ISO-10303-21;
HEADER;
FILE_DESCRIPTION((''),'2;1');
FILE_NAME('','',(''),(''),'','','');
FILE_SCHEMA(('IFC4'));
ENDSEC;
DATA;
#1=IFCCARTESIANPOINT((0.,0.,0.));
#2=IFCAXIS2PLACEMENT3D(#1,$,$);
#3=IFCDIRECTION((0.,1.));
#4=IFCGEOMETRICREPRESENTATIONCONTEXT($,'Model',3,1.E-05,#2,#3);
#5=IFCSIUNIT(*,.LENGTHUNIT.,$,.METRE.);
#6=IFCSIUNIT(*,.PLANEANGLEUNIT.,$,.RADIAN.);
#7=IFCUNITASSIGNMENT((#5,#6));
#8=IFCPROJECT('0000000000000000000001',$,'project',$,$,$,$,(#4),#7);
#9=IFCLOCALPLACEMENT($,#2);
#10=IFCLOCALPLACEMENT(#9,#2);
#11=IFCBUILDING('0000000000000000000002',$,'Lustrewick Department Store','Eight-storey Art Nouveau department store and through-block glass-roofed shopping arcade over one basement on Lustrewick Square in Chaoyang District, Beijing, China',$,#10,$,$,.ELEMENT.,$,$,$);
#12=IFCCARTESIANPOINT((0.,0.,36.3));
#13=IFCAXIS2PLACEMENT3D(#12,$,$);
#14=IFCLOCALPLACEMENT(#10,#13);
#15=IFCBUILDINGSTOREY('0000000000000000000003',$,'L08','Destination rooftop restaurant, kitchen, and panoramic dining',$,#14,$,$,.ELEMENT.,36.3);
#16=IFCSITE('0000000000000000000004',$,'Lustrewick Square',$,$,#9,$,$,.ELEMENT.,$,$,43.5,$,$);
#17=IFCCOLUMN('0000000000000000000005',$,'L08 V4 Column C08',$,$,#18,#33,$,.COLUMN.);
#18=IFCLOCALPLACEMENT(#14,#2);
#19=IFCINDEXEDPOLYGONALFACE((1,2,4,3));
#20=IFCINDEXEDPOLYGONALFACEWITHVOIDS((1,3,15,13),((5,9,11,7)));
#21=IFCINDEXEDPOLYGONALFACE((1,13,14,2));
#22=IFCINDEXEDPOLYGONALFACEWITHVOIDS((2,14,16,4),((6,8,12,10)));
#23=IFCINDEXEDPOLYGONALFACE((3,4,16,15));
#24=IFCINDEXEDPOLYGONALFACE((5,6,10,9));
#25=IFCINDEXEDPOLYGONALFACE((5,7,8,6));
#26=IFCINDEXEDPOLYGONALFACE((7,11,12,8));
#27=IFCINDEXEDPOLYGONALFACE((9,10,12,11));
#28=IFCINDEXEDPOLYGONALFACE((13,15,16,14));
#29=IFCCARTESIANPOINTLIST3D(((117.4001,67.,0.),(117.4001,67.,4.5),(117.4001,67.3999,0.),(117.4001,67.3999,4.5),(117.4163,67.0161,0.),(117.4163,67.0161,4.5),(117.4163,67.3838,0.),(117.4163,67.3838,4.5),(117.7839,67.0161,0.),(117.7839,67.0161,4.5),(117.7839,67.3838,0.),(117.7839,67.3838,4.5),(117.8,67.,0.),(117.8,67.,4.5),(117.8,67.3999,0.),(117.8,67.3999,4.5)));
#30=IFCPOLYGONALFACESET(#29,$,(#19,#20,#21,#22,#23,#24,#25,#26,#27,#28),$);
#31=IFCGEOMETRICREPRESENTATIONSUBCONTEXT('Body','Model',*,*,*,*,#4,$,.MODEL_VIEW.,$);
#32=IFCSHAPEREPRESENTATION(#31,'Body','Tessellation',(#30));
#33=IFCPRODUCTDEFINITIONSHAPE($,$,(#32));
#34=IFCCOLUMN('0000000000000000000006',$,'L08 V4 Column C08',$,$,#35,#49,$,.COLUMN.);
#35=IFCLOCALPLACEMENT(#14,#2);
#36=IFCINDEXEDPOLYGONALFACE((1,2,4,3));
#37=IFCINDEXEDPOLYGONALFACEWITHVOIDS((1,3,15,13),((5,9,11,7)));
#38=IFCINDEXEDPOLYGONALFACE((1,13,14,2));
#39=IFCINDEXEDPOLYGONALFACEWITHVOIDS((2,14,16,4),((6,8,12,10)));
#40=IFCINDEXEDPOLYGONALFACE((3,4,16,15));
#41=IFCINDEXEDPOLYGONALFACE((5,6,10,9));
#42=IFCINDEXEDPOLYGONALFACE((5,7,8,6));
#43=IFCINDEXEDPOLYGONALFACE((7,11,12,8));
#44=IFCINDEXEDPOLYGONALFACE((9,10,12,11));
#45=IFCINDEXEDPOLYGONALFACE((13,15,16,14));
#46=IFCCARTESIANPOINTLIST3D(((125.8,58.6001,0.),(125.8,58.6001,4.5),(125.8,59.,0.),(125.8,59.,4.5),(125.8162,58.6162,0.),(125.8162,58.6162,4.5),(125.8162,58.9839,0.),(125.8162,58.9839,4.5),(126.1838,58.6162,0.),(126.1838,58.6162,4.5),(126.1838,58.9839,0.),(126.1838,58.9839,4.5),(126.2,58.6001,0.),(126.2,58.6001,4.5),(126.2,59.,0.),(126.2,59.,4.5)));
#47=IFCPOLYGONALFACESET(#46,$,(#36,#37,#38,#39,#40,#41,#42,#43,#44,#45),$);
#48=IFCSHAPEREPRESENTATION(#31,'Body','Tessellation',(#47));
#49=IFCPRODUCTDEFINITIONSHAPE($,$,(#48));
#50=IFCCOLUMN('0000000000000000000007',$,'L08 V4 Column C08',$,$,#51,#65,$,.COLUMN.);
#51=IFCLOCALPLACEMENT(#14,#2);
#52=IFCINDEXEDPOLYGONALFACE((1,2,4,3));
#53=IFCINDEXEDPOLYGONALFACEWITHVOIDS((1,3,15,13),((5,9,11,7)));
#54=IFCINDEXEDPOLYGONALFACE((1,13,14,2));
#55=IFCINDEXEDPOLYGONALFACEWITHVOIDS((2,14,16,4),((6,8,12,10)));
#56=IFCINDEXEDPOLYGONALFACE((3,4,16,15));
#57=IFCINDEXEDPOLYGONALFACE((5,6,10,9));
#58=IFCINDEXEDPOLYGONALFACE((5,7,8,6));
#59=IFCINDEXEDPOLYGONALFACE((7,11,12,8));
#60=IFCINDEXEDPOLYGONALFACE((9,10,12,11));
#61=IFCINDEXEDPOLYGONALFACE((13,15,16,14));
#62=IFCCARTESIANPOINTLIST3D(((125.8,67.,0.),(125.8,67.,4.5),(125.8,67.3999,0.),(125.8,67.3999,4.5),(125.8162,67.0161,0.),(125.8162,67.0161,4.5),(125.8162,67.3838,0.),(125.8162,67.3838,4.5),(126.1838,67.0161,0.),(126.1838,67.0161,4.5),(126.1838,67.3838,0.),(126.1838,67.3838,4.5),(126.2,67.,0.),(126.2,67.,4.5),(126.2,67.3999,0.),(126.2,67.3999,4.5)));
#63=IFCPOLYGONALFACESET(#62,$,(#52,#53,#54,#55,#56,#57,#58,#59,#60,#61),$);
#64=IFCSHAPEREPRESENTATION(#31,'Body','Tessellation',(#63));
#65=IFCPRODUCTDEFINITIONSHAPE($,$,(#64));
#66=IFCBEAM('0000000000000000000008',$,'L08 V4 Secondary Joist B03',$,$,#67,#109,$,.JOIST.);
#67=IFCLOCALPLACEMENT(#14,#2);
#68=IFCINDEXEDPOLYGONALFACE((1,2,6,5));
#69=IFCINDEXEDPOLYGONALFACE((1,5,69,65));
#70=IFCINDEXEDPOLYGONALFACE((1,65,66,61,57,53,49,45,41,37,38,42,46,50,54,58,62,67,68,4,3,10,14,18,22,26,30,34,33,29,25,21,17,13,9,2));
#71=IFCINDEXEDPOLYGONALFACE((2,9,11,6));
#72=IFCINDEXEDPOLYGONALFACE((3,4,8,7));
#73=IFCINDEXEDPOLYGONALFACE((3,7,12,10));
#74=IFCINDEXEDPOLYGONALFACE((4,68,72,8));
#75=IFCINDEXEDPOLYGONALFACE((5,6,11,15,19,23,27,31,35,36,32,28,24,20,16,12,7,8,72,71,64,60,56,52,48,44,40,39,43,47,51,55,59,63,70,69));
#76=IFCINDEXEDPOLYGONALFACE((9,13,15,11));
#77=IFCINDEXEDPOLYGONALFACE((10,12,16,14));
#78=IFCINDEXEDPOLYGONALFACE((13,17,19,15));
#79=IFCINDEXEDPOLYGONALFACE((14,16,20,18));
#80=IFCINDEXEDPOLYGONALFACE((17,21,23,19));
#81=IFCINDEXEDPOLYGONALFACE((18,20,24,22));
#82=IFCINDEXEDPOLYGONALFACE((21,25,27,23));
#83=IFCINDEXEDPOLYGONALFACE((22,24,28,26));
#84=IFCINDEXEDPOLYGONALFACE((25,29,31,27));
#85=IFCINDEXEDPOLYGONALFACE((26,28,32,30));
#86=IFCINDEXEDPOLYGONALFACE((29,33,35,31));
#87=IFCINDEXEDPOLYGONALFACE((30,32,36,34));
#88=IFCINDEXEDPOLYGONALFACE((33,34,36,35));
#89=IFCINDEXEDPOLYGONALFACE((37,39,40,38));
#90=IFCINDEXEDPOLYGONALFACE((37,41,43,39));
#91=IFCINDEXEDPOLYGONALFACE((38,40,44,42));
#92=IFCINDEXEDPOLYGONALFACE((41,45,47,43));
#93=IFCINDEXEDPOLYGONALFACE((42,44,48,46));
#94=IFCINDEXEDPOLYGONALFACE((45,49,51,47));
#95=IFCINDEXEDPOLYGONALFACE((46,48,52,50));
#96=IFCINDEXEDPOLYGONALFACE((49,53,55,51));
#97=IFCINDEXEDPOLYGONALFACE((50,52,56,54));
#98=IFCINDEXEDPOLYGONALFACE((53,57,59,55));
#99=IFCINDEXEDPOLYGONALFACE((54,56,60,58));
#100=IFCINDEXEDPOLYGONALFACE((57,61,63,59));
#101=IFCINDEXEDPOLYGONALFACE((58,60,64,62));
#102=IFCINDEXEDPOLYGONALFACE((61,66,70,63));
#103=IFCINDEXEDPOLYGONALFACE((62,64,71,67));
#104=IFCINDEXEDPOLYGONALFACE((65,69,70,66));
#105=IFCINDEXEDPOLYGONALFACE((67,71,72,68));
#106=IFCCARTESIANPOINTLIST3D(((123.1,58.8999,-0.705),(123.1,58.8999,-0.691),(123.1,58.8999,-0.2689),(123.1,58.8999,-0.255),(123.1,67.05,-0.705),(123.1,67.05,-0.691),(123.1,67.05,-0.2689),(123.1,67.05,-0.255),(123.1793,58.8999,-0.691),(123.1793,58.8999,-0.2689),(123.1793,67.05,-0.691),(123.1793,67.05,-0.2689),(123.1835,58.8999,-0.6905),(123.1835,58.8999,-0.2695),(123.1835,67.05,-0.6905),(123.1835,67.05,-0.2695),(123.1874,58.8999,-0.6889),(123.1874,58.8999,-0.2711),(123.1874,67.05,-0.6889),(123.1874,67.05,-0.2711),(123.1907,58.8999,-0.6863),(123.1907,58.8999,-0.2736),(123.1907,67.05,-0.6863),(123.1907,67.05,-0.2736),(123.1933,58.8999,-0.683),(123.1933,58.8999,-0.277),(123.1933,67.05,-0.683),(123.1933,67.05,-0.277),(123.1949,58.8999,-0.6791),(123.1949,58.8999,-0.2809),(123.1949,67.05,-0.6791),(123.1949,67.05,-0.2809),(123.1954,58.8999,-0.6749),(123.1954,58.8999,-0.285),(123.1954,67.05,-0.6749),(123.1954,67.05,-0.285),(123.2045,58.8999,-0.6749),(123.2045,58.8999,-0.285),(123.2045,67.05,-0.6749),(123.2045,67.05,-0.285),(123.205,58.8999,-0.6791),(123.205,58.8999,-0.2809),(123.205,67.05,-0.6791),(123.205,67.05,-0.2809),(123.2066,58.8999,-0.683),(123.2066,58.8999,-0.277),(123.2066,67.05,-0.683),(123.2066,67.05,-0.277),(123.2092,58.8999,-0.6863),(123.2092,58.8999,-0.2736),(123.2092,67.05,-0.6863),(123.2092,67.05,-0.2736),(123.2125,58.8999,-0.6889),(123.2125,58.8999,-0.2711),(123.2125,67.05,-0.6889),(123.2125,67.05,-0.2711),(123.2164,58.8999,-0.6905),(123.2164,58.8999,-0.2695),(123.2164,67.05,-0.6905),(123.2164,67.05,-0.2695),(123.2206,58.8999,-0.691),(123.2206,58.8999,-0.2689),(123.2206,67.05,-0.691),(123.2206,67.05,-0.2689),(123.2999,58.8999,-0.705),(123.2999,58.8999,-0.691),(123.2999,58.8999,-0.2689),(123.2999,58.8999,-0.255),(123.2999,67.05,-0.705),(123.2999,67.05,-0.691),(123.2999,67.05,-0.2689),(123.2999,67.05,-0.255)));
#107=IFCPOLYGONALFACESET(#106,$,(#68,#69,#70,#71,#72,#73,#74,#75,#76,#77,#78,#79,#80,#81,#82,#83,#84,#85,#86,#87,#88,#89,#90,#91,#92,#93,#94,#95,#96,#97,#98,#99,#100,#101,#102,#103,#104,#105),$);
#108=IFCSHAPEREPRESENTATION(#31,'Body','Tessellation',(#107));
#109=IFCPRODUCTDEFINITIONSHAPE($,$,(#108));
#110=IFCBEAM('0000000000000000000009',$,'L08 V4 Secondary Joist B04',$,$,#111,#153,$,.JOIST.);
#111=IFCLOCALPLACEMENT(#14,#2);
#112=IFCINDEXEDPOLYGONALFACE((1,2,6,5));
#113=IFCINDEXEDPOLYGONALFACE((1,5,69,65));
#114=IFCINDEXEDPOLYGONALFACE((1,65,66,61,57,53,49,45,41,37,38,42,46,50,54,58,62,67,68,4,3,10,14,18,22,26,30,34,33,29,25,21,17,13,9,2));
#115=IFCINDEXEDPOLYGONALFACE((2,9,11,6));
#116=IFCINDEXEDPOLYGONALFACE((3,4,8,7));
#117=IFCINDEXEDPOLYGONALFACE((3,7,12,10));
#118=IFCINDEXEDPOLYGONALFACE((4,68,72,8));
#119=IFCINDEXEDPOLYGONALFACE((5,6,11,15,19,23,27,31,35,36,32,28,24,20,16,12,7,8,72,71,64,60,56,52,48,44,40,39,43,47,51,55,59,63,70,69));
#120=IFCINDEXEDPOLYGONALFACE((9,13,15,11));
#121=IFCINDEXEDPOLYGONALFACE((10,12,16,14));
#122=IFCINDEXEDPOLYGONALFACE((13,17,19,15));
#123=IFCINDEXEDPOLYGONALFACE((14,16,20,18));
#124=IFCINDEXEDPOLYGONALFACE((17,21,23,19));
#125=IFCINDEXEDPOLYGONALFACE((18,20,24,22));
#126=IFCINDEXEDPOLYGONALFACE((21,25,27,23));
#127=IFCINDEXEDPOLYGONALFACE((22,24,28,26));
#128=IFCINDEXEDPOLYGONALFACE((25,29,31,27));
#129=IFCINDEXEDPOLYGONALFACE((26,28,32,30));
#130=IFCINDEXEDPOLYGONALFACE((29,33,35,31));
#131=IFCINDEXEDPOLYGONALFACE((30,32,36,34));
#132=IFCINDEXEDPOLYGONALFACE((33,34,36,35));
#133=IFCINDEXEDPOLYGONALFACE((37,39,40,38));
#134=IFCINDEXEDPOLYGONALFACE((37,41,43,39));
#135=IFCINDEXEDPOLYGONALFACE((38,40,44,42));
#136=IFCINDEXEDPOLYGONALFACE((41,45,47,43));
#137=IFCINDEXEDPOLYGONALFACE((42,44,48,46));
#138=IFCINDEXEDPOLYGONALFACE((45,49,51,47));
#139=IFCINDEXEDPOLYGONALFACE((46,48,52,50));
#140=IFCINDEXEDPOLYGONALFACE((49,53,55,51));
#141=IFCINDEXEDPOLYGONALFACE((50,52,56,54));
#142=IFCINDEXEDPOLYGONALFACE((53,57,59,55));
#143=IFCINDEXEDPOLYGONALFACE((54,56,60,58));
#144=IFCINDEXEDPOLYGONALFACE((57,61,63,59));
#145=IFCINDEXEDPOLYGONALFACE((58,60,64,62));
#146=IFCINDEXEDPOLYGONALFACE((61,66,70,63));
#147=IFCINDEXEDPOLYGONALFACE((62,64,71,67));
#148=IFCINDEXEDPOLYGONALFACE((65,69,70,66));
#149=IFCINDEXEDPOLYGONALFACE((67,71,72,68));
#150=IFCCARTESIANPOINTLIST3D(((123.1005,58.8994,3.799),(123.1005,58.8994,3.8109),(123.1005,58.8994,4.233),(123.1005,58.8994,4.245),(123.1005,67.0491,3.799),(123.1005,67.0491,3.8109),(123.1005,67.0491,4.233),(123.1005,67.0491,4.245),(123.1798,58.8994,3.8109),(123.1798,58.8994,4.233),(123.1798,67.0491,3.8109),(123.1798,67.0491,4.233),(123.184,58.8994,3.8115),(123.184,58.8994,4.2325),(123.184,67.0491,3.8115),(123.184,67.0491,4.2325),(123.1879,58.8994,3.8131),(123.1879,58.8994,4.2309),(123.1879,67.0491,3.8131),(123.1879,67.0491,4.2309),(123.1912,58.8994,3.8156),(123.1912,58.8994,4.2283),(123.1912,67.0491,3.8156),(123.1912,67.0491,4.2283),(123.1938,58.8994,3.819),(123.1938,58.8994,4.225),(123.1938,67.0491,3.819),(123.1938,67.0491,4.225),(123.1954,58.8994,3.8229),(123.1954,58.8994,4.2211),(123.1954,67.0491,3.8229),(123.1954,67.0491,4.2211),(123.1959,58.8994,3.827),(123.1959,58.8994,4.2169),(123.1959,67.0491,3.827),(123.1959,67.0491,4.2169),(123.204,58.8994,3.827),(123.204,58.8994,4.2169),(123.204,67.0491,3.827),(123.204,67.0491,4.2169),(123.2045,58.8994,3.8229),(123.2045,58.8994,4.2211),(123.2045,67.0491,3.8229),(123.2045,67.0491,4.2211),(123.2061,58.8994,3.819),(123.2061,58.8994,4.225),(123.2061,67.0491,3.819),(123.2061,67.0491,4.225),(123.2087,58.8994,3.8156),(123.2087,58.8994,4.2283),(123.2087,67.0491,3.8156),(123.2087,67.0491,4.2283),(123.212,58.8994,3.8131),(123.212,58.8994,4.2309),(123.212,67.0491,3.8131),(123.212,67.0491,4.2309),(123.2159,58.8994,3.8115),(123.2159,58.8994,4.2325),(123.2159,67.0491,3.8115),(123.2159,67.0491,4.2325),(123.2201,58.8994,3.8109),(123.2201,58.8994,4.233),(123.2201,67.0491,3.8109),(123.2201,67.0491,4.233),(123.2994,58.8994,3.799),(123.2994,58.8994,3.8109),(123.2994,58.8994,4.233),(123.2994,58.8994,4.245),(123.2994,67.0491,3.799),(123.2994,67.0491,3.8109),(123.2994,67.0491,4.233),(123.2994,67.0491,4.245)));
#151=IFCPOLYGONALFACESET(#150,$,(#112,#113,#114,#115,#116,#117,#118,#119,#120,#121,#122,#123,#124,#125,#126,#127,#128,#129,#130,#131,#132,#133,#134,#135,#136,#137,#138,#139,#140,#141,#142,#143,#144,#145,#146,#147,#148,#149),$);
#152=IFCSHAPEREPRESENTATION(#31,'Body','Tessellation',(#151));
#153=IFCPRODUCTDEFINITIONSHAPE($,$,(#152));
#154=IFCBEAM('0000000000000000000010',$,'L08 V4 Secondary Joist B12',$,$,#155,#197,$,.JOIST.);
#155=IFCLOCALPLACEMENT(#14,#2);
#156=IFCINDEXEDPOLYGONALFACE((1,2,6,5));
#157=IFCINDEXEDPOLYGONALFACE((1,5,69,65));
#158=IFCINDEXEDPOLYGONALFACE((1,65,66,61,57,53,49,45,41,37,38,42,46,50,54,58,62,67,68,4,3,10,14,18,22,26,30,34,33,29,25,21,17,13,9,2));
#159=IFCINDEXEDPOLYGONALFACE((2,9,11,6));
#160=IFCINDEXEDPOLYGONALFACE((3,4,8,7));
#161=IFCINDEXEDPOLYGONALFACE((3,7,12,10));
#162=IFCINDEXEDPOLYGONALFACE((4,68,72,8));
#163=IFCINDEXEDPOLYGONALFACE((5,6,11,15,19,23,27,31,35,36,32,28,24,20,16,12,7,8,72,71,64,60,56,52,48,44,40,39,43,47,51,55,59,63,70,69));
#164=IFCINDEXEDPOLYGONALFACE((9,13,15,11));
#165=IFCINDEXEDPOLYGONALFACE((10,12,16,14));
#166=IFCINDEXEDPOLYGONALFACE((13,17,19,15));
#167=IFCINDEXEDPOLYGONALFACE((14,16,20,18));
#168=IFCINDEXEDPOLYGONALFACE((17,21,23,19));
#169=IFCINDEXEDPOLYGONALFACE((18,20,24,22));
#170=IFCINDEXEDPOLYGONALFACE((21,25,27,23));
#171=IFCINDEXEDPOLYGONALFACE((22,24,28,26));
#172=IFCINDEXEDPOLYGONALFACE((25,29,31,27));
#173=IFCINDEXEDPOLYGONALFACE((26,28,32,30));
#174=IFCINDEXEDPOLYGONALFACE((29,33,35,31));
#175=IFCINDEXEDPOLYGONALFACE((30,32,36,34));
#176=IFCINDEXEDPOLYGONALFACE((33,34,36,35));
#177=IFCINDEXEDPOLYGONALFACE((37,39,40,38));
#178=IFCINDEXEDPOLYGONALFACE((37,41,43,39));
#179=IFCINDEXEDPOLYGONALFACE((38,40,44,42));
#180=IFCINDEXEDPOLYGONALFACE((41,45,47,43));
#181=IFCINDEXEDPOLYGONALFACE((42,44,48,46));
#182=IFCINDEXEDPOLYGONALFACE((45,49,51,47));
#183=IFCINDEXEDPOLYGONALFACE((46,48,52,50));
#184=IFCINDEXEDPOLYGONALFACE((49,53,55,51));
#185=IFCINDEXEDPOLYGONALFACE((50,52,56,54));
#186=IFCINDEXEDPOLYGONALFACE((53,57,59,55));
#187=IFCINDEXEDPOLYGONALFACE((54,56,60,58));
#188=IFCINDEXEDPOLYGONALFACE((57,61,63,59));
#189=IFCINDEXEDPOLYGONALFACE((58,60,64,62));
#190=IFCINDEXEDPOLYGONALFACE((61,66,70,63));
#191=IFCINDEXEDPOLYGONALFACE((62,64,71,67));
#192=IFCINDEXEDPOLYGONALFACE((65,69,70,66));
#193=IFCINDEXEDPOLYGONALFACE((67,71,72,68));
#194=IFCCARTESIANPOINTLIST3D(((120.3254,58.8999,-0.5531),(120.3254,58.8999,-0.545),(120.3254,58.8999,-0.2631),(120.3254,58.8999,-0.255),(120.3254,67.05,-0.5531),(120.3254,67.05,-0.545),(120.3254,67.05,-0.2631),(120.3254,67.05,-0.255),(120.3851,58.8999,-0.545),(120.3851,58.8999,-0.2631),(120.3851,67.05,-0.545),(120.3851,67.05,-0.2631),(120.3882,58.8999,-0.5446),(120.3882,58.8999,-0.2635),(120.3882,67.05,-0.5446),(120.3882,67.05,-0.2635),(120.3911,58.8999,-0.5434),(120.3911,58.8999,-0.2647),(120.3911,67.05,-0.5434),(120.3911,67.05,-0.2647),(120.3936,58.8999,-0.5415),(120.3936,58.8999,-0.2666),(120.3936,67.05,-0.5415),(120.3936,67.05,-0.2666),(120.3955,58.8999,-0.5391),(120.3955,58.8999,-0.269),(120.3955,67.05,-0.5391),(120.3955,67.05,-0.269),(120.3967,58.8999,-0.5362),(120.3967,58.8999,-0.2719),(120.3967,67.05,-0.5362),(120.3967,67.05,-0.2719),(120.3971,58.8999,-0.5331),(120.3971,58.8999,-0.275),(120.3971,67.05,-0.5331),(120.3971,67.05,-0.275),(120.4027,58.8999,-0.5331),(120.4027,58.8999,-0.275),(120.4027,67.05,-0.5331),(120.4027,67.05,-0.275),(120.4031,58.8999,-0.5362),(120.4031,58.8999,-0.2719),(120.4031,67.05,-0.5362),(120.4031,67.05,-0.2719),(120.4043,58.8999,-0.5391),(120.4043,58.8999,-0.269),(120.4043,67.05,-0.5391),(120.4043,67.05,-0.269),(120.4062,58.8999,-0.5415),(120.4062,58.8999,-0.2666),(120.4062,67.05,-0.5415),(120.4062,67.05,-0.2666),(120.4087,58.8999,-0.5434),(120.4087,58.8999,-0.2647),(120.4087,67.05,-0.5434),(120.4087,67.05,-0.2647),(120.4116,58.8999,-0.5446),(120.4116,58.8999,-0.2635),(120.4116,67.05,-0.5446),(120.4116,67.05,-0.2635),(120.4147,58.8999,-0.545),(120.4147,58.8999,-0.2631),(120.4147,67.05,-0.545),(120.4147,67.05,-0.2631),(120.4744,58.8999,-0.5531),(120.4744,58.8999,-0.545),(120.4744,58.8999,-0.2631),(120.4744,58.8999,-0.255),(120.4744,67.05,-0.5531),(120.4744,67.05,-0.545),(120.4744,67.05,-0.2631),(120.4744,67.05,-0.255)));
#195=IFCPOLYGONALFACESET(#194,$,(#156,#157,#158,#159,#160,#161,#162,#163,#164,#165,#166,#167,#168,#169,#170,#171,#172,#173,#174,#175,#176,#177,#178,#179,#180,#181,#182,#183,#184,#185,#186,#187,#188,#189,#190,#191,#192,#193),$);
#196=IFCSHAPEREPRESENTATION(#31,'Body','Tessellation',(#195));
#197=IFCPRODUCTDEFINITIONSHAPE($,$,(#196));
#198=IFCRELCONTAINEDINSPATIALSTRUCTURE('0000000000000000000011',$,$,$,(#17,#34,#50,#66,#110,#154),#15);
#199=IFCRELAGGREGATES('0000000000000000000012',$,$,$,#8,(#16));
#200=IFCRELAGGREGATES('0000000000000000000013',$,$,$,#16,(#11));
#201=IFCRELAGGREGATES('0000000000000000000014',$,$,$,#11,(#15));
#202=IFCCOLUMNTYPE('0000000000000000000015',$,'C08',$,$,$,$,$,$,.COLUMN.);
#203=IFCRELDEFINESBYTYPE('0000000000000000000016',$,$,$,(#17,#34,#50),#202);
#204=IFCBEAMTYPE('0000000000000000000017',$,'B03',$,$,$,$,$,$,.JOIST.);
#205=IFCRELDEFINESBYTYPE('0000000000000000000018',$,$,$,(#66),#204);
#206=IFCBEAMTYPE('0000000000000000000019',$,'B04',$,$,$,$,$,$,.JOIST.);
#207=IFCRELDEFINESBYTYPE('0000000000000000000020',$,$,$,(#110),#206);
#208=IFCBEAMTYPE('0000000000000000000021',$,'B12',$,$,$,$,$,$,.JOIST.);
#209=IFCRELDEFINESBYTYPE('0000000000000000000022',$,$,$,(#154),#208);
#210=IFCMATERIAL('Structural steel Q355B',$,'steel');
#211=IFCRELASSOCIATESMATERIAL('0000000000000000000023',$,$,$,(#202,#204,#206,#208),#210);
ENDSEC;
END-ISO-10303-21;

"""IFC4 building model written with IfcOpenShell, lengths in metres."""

from ifc_helpers import new_model, si_unit, direction, frame, origin, origin_2d, place, context, subcontext, project, spatial, hollow_rectangle, i_section, extrude, material, material_profile, profile_set, type_object, element, save


model = new_model("IFC4")

# Units and contexts
model_context = context("Model", 3, precision=1e-05, world=origin(), true_north=direction((0.0, 1.0)))
body_context = subcontext(model_context, "Body", "Model", "MODEL_VIEW")
ifc_project = project(units=[si_unit("LENGTHUNIT", "METRE"), si_unit("PLANEANGLEUNIT", "RADIAN")], contexts=[model_context])

# Site, building, storey
site_placement = place(None, origin())
site = spatial("IfcSite", under=ifc_project, at=site_placement, Name="Lustrewick Square", CompositionType="ELEMENT", RefElevation=43.5)
building_placement = place(site_placement, origin())
building = spatial("IfcBuilding", under=site, at=building_placement, Name="Lustrewick Department Store", Description="Eight-storey Art Nouveau department store and through-block glass-roofed shopping arcade over one basement on Lustrewick Square in Chaoyang District, Beijing, China", CompositionType="ELEMENT")
storey_placement = place(building_placement, frame((0.0, 0.0, 36.3)))
storey = spatial("IfcBuildingStorey", under=building, at=storey_placement, Name="L08", Description="Destination rooftop restaurant, kitchen, and panoramic dining", CompositionType="ELEMENT", Elevation=36.3)

# Columns
ifc_material_1 = material(Name="Structural steel Q355B", Category="steel")
ifc_material_profile_1 = material_profile(ifc_material_1, hollow_rectangle(XDim=0.3999, YDim=0.3999, WallThickness=0.0161, at=origin_2d()), Name="BOX 400x400x16")
ifc_profile_set_1 = profile_set([ifc_material_profile_1], Name="Structural steel Q355B")
column_type = type_object("IfcColumnType", Name="C08", PredefinedType="COLUMN", material=ifc_profile_set_1)
for number, where, z_axis, x_axis, name in (
    (1, (117.6001, 67.2, 0.0), (0.0, 0.0, 1.0), (1.0, 0.0, 0.0), "L08 V4 Column C08"),
    (2, (126.0, 58.8, 0.0), (0.0, 0.0, 1.0), (1.0, 0.0, 0.0), "L08 V4 Column C08"),
    (3, (126.0, 67.2, 0.0), (0.0, 0.0, 1.0), (1.0, 0.0, 0.0), "L08 V4 Column C08"),
):
    element("IfcColumn", number, at=place(storey_placement, frame(where, z_axis=z_axis, x_axis=x_axis)), inside=storey, type_object=column_type, Name=name, PredefinedType="COLUMN", context=body_context, shape_type="SweptSolid", body=[
        extrude(hollow_rectangle(XDim=0.3999, YDim=0.3999, WallThickness=0.0161, at=origin_2d()), origin(), (0.0, 0.0, 1.0), 4.5),
    ])

# Beams
ifc_material_profile_2 = material_profile(ifc_material_1, i_section(OverallWidth=0.2, OverallDepth=0.45, WebThickness=0.009, FlangeThickness=0.0139, FilletRadius=0.0161, at=origin_2d()), Name="HN 450x200x9x14")
ifc_profile_set_2 = profile_set([ifc_material_profile_2], Name="Structural steel Q355B")
beam_type_1 = type_object("IfcBeamType", Name="B03", PredefinedType="JOIST", material=ifc_profile_set_2)
beam_1_placement = place(storey_placement, frame((123.2, 58.8999, -0.48), z_axis=(0.0, 1.0, 0.0), x_axis=(-1.0, 0.0, 0.0)))
element("IfcBeam", 4, at=beam_1_placement, inside=storey, type_object=beam_type_1, Name="L08 V4 Secondary Joist B03", PredefinedType="JOIST", context=body_context, shape_type="SweptSolid", body=[
    extrude(i_section(OverallWidth=0.2, OverallDepth=0.45, WebThickness=0.009, FlangeThickness=0.0139, FilletRadius=0.0161, at=origin_2d()), origin(), (0.0, 0.0, 1.0), 8.1501),
])
ifc_material_profile_3 = material_profile(ifc_material_1, i_section(OverallWidth=0.199, OverallDepth=0.446, WebThickness=0.0081, FlangeThickness=0.012, FilletRadius=0.0161, at=origin_2d()), Name="HN 446x199x8x12")
ifc_profile_set_3 = profile_set([ifc_material_profile_3], Name="Structural steel Q355B")
beam_type_2 = type_object("IfcBeamType", Name="B04", PredefinedType="JOIST", material=ifc_profile_set_3)
beam_2_placement = place(storey_placement, frame((123.2, 58.8994, 4.022), z_axis=(0.0, 1.0, 0.0), x_axis=(-1.0, 0.0, 0.0)))
element("IfcBeam", 5, at=beam_2_placement, inside=storey, type_object=beam_type_2, Name="L08 V4 Secondary Joist B04", PredefinedType="JOIST", context=body_context, shape_type="SweptSolid", body=[
    extrude(i_section(OverallWidth=0.199, OverallDepth=0.446, WebThickness=0.0081, FlangeThickness=0.012, FilletRadius=0.0161, at=origin_2d()), origin(), (0.0, 0.0, 1.0), 8.1497),
])
ifc_material_profile_4 = material_profile(ifc_material_1, i_section(OverallWidth=0.1489, OverallDepth=0.2981, WebThickness=0.0056, FlangeThickness=0.0081, FilletRadius=0.012, at=origin_2d()), Name="HN 298x149x5.5x8")
ifc_profile_set_4 = profile_set([ifc_material_profile_4], Name="Structural steel Q355B")
beam_type_3 = type_object("IfcBeamType", Name="B12", PredefinedType="JOIST", material=ifc_profile_set_4)
beam_3_placement = place(storey_placement, frame((120.3999, 58.8999, -0.4041), z_axis=(0.0, 1.0, 0.0), x_axis=(-1.0, 0.0, 0.0)))
element("IfcBeam", 6, at=beam_3_placement, inside=storey, type_object=beam_type_3, Name="L08 V4 Secondary Joist B12", PredefinedType="JOIST", context=body_context, shape_type="SweptSolid", body=[
    extrude(i_section(OverallWidth=0.1489, OverallDepth=0.2981, WebThickness=0.0056, FlangeThickness=0.0081, FilletRadius=0.012, at=origin_2d()), origin(), (0.0, 0.0, 1.0), 8.1501),
])

save(model, "model.ifc")
